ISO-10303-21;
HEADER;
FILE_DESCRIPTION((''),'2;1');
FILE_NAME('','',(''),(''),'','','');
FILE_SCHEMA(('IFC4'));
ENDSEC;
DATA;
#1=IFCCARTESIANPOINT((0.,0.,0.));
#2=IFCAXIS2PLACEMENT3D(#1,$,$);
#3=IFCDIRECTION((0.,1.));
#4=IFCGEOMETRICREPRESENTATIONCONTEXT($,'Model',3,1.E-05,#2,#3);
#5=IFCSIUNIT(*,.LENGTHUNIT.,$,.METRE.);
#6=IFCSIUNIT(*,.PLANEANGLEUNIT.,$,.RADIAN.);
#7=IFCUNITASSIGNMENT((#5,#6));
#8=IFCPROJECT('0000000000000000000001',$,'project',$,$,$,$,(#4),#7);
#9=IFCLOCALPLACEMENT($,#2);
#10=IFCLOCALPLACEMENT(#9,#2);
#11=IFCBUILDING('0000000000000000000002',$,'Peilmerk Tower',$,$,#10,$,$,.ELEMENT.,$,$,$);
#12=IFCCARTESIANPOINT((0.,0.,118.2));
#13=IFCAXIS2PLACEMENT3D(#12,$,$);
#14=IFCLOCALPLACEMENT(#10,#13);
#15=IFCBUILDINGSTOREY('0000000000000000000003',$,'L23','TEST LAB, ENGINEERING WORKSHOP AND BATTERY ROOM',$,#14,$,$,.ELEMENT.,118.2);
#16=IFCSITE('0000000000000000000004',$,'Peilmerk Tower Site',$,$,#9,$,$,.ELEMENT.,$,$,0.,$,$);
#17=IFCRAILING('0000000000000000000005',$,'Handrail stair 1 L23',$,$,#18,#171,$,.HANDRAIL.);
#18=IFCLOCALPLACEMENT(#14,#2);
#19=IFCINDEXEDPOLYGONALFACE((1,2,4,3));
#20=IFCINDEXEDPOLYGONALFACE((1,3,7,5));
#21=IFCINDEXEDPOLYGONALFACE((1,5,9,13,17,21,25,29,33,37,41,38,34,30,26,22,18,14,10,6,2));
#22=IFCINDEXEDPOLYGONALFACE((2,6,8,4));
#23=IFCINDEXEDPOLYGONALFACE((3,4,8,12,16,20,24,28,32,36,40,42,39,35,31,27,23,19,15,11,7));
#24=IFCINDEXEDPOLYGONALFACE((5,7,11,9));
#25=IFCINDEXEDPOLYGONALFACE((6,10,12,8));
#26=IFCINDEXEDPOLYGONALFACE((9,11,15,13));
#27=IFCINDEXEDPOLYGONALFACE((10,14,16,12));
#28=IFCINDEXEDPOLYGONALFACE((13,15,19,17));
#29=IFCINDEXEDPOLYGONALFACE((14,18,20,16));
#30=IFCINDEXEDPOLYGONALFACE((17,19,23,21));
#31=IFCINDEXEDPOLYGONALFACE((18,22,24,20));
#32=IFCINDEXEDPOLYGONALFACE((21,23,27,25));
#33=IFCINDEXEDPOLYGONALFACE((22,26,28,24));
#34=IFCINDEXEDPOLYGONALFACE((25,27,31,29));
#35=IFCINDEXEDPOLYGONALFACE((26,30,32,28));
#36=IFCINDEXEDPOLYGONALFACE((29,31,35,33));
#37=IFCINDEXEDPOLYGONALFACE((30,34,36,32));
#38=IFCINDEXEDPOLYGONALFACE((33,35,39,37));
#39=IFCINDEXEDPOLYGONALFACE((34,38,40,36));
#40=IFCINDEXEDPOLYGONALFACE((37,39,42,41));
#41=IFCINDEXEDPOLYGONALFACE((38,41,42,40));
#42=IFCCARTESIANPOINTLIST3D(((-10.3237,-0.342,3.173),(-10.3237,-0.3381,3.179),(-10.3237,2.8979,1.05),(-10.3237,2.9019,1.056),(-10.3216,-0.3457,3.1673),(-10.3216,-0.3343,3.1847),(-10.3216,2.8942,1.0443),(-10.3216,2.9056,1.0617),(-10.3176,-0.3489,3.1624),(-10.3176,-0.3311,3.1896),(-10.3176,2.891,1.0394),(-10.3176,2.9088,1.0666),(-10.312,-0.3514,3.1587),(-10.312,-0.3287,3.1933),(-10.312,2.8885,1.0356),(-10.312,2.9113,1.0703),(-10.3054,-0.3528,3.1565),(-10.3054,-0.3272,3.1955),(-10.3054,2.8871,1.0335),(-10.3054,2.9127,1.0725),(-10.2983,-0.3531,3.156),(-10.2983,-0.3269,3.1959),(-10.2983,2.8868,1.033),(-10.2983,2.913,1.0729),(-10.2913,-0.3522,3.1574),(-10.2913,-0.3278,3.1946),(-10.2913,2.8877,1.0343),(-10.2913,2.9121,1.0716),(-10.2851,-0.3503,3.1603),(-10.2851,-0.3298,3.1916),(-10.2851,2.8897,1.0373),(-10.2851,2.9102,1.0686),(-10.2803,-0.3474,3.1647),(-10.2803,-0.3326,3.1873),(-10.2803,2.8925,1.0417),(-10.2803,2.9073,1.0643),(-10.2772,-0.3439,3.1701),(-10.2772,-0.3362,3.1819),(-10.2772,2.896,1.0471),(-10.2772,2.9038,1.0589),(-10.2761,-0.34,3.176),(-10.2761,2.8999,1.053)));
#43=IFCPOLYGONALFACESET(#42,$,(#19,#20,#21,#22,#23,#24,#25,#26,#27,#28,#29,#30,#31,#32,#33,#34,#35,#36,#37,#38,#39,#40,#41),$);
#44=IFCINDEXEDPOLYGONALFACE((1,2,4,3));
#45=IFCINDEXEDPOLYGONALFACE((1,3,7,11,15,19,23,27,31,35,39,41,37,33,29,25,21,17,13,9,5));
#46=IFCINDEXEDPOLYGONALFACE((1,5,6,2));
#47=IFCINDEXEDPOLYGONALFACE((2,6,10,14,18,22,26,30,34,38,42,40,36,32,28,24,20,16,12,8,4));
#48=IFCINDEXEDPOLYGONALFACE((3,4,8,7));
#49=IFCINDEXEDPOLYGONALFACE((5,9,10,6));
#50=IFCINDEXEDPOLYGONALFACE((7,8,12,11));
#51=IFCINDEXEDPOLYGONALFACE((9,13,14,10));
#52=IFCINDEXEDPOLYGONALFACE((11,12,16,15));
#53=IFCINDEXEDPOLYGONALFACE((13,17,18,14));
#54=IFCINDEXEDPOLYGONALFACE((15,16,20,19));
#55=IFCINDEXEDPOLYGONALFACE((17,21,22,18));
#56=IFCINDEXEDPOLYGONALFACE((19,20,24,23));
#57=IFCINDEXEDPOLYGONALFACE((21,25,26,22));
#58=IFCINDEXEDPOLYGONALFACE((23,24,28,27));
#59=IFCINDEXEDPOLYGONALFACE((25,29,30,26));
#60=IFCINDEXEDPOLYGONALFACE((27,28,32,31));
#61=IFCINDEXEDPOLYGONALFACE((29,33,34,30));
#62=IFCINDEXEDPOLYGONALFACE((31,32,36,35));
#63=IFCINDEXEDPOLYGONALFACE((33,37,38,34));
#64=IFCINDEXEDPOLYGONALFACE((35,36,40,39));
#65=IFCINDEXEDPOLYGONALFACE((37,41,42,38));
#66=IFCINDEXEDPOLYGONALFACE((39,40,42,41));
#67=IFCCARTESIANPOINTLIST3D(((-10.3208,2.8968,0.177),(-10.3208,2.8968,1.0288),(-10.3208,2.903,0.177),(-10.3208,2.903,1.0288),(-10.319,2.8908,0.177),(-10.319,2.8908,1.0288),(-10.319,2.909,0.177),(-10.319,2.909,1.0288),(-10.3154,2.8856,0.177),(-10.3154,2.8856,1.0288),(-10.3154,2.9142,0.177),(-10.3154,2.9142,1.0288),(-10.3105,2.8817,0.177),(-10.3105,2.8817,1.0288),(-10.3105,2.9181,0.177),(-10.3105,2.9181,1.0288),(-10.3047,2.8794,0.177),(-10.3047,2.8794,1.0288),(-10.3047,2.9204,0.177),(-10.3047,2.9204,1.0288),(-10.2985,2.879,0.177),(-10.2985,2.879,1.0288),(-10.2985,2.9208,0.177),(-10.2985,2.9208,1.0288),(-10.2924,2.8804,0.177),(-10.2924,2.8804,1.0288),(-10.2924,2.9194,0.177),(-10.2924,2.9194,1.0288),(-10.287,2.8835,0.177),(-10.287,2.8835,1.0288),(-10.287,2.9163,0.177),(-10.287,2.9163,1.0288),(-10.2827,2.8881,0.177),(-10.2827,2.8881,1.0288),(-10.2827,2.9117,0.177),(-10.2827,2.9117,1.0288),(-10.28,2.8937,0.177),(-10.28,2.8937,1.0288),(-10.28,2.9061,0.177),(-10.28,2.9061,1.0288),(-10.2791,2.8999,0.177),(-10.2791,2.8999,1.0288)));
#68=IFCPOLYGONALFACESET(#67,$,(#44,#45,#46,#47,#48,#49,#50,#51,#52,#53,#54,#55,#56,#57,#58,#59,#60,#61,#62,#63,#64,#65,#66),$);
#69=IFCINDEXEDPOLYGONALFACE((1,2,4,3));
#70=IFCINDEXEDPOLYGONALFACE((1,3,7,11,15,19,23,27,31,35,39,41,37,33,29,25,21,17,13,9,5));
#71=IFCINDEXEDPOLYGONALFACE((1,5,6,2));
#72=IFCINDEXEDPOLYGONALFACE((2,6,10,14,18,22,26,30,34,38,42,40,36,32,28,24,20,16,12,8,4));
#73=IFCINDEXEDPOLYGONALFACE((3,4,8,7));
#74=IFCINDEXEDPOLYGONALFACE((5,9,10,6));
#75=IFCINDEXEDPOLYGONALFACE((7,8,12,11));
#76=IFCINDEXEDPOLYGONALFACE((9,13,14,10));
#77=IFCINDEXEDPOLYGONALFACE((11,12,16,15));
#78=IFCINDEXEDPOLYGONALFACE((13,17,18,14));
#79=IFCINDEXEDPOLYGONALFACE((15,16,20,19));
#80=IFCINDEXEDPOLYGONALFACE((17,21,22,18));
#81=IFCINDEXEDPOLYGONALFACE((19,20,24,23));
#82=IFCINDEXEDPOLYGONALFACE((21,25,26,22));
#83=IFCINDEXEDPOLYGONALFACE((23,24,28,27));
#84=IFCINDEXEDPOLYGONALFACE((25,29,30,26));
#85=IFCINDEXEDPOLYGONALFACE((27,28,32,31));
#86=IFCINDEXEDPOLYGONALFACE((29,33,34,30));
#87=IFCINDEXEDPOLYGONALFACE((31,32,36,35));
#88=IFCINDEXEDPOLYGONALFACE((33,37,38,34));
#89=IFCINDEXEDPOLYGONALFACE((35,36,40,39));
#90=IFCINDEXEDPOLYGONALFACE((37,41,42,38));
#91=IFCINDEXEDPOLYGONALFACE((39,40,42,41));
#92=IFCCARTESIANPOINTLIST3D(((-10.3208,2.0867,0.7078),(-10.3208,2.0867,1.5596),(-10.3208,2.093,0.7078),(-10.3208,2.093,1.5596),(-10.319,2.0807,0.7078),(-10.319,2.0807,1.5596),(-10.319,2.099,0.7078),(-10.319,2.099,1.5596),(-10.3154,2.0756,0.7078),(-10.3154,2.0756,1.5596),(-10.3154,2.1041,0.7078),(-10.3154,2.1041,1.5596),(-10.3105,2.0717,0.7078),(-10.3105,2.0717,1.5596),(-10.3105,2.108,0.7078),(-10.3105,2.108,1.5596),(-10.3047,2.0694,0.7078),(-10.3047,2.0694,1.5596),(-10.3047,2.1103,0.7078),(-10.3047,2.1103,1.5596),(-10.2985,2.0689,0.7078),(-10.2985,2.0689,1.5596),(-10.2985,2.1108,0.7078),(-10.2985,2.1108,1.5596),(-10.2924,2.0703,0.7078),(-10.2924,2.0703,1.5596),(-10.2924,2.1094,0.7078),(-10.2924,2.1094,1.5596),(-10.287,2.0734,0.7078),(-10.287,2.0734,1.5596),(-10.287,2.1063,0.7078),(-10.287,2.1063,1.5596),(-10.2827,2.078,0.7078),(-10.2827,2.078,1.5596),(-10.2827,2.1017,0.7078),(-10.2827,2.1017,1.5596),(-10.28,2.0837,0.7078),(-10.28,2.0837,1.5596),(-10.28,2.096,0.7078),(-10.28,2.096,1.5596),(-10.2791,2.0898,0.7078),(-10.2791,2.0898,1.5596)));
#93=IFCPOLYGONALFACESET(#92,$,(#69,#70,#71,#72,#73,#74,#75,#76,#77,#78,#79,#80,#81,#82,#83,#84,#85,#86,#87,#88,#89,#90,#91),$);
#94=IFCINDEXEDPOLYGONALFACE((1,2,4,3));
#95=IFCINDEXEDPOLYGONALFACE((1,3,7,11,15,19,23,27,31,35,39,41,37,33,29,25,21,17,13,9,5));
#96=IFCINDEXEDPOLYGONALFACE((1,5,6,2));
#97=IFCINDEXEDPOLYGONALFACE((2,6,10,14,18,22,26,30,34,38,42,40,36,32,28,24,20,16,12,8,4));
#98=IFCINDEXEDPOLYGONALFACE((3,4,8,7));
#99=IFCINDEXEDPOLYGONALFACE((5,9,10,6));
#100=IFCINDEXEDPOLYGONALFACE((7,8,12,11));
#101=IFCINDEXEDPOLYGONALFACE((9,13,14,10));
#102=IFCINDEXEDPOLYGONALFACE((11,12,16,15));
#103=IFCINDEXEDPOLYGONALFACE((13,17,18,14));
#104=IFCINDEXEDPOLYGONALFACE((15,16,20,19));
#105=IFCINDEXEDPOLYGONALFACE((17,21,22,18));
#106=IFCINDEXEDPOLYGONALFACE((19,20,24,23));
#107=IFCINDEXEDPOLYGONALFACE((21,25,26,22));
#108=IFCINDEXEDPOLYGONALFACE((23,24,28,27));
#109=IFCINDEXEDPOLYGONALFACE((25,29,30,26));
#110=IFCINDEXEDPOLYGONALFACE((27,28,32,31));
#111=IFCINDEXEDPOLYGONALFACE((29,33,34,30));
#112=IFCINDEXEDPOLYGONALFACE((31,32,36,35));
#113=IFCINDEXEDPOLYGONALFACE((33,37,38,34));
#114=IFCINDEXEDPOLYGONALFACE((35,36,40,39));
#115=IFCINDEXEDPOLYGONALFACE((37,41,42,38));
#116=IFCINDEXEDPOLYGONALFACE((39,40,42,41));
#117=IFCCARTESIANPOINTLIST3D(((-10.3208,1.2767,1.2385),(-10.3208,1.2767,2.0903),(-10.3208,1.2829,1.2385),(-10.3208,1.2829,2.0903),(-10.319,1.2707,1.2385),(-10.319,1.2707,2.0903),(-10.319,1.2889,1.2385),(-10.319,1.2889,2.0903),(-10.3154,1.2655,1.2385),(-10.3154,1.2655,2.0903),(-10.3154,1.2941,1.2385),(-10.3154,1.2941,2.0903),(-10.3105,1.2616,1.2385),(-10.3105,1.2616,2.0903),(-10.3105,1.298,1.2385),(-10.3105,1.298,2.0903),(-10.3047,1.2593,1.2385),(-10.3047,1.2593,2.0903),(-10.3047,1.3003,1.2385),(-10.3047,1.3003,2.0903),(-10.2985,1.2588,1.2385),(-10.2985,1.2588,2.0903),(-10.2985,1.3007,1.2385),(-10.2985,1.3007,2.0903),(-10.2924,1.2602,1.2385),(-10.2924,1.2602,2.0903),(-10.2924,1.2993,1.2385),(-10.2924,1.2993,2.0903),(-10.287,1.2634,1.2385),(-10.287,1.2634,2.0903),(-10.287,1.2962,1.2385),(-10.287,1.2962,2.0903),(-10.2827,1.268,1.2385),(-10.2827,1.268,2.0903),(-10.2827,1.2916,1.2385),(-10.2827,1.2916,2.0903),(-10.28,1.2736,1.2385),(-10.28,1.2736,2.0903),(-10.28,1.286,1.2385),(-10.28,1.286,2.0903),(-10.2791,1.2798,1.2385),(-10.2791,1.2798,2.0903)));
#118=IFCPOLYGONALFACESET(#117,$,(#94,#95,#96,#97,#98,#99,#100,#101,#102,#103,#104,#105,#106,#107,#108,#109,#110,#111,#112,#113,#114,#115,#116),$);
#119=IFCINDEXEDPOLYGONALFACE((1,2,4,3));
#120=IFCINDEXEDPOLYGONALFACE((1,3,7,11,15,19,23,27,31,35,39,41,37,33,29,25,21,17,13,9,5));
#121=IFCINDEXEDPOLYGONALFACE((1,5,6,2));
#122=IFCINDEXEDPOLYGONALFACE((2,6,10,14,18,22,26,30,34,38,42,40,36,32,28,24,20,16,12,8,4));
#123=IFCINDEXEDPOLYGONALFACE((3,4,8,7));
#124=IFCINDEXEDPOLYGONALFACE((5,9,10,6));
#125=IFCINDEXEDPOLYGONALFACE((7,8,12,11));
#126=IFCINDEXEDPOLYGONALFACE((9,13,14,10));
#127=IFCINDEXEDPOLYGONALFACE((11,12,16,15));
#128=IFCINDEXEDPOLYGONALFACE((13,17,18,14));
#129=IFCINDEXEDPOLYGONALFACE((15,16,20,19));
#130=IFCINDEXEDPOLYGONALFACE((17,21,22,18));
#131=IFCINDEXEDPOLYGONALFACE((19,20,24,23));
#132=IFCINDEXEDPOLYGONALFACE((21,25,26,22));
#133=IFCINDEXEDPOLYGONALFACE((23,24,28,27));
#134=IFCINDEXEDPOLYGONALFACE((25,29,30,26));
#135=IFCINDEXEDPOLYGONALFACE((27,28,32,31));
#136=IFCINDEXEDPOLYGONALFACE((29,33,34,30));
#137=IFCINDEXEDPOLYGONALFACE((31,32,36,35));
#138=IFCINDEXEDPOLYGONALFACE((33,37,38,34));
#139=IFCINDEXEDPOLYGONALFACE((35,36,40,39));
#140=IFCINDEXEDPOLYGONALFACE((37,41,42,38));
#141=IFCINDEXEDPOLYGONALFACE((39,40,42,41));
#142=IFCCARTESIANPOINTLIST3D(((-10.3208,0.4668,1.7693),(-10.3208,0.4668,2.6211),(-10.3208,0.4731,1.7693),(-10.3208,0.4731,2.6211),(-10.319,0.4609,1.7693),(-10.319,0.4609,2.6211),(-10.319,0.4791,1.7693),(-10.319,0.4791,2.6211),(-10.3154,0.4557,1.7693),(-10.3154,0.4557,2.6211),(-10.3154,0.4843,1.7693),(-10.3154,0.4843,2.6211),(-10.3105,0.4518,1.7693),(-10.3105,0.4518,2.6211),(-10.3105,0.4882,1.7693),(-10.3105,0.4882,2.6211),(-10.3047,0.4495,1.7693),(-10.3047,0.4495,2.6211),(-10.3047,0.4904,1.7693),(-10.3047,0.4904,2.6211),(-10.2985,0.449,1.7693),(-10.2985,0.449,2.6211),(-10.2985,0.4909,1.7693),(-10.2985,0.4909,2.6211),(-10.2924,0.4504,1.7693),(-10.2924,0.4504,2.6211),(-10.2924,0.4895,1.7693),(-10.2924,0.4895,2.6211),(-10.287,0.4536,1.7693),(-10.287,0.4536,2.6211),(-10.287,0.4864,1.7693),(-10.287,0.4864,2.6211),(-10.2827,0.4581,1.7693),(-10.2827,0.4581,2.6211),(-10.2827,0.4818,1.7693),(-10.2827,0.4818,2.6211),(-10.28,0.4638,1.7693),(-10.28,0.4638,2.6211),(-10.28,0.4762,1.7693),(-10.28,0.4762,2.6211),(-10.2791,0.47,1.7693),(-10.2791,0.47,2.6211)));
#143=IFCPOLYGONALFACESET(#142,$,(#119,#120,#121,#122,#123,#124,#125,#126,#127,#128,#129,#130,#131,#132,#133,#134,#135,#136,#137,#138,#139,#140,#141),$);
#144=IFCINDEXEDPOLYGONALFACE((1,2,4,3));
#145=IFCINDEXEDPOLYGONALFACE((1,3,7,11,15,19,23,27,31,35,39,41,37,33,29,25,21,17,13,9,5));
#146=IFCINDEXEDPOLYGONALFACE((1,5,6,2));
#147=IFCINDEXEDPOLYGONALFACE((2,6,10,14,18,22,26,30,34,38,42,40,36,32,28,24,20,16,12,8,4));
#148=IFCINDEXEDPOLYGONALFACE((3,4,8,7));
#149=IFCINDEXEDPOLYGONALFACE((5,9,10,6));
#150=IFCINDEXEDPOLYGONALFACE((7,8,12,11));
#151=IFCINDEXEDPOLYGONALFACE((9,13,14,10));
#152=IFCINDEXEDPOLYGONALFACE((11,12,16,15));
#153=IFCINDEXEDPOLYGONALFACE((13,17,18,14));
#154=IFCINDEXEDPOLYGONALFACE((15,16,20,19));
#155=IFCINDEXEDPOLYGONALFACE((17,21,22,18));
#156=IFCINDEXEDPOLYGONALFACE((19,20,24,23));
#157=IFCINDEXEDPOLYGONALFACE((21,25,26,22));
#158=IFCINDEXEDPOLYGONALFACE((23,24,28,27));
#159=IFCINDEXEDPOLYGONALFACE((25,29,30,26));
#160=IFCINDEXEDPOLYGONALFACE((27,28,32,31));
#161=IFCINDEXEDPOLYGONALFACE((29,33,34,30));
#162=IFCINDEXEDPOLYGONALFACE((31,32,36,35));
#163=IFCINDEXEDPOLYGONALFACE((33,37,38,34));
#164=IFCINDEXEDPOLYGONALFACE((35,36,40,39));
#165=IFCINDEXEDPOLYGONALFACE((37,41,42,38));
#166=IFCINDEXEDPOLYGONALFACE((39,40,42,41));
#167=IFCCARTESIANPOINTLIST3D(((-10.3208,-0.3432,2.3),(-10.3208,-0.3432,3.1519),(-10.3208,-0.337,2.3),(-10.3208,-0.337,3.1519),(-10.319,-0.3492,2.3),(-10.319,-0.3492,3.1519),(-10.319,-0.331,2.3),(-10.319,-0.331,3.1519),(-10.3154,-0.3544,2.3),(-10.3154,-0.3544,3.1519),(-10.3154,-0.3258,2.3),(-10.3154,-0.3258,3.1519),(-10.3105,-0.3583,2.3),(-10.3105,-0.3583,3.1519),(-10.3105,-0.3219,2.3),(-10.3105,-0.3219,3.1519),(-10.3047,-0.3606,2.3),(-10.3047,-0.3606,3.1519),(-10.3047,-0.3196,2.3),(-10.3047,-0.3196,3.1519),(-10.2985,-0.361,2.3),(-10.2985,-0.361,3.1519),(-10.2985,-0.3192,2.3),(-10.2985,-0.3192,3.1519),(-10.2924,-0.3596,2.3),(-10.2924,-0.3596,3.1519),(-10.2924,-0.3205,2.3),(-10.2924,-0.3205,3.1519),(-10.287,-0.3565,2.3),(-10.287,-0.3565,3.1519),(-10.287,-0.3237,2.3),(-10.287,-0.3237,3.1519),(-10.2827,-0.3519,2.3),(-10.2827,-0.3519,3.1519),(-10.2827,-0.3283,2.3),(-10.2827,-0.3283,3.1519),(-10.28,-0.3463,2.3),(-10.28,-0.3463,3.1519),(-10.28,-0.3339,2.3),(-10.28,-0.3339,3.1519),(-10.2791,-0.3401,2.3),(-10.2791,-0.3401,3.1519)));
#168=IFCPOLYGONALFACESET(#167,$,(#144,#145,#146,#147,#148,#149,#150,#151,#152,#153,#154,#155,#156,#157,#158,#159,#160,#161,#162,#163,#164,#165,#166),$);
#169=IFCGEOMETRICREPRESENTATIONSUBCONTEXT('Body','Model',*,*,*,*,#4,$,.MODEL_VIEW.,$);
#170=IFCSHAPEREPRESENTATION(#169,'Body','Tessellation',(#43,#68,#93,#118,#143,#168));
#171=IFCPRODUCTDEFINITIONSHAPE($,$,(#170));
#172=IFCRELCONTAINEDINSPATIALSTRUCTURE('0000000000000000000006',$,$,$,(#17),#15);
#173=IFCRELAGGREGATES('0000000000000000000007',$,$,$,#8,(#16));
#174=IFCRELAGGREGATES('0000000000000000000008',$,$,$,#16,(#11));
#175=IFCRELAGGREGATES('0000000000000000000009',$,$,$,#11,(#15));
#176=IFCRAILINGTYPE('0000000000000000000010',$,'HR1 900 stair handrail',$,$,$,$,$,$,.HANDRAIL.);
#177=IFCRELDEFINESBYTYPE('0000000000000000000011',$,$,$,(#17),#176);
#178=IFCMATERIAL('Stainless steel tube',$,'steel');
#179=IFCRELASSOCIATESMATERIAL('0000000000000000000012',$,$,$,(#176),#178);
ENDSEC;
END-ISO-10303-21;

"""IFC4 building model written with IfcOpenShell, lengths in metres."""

from ifc_helpers import new_model, si_unit, direction, frame, origin, origin_2d, place, context, subcontext, project, spatial, circle, extrude, material, type_object, element, save


model = new_model("IFC4")

# Units and contexts
model_context = context("Model", 3, precision=1e-05, world=origin(), true_north=direction((0.0, 1.0)))
body_context = subcontext(model_context, "Body", "Model", "MODEL_VIEW")
ifc_project = project(units=[si_unit("LENGTHUNIT", "METRE"), si_unit("PLANEANGLEUNIT", "RADIAN")], contexts=[model_context])

# Site, building, storey
site_placement = place(None, origin())
site = spatial("IfcSite", under=ifc_project, at=site_placement, Name="Peilmerk Tower Site", CompositionType="ELEMENT", RefElevation=0.0)
building_placement = place(site_placement, origin())
building = spatial("IfcBuilding", under=site, at=building_placement, Name="Peilmerk Tower", CompositionType="ELEMENT")
storey_placement = place(building_placement, frame((0.0, 0.0, 118.2)))
storey = spatial("IfcBuildingStorey", under=building, at=storey_placement, Name="L23", Description="TEST LAB, ENGINEERING WORKSHOP AND BATTERY ROOM", CompositionType="ELEMENT", Elevation=118.2)

# Railing
ifc_material_1 = material(Name="Stainless steel tube", Category="steel")
railing_type_1 = type_object("IfcRailingType", Name="HR1 900 stair handrail", PredefinedType="HANDRAIL", material=ifc_material_1)
railing_1_placement = place(storey_placement, frame((-10.3, 2.8999, 0.177)))
element("IfcRailing", 1, at=railing_1_placement, inside=storey, type_object=railing_type_1, Name="Handrail stair 1 L23", PredefinedType="HANDRAIL", context=body_context, shape_type="SweptSolid", body=[
    extrude(circle(Radius=0.0239, at=origin_2d()), frame((0.0, 0.0, 0.876), z_axis=(0.0, -0.836426, 0.548079), x_axis=(1.0, 0.0, 0.0)), (0.0, 0.0, 1.0), 3.8735),
    extrude(circle(Radius=0.021, at=origin_2d()), origin(), (0.0, 0.0, 1.0), 0.8518),
    extrude(circle(Radius=0.021, at=origin_2d()), frame((0.0, -0.8101, 0.5308)), (0.0, 0.0, 1.0), 0.8518),
    extrude(circle(Radius=0.021, at=origin_2d()), frame((0.0, -1.6201, 1.0615)), (0.0, 0.0, 1.0), 0.8518),
    extrude(circle(Radius=0.021, at=origin_2d()), frame((0.0, -2.4299, 1.5923)), (0.0, 0.0, 1.0), 0.8518),
    extrude(circle(Radius=0.021, at=origin_2d()), frame((0.0, -3.24, 2.123)), (0.0, 0.0, 1.0), 0.8518),
])

save(model, "model.ifc")
